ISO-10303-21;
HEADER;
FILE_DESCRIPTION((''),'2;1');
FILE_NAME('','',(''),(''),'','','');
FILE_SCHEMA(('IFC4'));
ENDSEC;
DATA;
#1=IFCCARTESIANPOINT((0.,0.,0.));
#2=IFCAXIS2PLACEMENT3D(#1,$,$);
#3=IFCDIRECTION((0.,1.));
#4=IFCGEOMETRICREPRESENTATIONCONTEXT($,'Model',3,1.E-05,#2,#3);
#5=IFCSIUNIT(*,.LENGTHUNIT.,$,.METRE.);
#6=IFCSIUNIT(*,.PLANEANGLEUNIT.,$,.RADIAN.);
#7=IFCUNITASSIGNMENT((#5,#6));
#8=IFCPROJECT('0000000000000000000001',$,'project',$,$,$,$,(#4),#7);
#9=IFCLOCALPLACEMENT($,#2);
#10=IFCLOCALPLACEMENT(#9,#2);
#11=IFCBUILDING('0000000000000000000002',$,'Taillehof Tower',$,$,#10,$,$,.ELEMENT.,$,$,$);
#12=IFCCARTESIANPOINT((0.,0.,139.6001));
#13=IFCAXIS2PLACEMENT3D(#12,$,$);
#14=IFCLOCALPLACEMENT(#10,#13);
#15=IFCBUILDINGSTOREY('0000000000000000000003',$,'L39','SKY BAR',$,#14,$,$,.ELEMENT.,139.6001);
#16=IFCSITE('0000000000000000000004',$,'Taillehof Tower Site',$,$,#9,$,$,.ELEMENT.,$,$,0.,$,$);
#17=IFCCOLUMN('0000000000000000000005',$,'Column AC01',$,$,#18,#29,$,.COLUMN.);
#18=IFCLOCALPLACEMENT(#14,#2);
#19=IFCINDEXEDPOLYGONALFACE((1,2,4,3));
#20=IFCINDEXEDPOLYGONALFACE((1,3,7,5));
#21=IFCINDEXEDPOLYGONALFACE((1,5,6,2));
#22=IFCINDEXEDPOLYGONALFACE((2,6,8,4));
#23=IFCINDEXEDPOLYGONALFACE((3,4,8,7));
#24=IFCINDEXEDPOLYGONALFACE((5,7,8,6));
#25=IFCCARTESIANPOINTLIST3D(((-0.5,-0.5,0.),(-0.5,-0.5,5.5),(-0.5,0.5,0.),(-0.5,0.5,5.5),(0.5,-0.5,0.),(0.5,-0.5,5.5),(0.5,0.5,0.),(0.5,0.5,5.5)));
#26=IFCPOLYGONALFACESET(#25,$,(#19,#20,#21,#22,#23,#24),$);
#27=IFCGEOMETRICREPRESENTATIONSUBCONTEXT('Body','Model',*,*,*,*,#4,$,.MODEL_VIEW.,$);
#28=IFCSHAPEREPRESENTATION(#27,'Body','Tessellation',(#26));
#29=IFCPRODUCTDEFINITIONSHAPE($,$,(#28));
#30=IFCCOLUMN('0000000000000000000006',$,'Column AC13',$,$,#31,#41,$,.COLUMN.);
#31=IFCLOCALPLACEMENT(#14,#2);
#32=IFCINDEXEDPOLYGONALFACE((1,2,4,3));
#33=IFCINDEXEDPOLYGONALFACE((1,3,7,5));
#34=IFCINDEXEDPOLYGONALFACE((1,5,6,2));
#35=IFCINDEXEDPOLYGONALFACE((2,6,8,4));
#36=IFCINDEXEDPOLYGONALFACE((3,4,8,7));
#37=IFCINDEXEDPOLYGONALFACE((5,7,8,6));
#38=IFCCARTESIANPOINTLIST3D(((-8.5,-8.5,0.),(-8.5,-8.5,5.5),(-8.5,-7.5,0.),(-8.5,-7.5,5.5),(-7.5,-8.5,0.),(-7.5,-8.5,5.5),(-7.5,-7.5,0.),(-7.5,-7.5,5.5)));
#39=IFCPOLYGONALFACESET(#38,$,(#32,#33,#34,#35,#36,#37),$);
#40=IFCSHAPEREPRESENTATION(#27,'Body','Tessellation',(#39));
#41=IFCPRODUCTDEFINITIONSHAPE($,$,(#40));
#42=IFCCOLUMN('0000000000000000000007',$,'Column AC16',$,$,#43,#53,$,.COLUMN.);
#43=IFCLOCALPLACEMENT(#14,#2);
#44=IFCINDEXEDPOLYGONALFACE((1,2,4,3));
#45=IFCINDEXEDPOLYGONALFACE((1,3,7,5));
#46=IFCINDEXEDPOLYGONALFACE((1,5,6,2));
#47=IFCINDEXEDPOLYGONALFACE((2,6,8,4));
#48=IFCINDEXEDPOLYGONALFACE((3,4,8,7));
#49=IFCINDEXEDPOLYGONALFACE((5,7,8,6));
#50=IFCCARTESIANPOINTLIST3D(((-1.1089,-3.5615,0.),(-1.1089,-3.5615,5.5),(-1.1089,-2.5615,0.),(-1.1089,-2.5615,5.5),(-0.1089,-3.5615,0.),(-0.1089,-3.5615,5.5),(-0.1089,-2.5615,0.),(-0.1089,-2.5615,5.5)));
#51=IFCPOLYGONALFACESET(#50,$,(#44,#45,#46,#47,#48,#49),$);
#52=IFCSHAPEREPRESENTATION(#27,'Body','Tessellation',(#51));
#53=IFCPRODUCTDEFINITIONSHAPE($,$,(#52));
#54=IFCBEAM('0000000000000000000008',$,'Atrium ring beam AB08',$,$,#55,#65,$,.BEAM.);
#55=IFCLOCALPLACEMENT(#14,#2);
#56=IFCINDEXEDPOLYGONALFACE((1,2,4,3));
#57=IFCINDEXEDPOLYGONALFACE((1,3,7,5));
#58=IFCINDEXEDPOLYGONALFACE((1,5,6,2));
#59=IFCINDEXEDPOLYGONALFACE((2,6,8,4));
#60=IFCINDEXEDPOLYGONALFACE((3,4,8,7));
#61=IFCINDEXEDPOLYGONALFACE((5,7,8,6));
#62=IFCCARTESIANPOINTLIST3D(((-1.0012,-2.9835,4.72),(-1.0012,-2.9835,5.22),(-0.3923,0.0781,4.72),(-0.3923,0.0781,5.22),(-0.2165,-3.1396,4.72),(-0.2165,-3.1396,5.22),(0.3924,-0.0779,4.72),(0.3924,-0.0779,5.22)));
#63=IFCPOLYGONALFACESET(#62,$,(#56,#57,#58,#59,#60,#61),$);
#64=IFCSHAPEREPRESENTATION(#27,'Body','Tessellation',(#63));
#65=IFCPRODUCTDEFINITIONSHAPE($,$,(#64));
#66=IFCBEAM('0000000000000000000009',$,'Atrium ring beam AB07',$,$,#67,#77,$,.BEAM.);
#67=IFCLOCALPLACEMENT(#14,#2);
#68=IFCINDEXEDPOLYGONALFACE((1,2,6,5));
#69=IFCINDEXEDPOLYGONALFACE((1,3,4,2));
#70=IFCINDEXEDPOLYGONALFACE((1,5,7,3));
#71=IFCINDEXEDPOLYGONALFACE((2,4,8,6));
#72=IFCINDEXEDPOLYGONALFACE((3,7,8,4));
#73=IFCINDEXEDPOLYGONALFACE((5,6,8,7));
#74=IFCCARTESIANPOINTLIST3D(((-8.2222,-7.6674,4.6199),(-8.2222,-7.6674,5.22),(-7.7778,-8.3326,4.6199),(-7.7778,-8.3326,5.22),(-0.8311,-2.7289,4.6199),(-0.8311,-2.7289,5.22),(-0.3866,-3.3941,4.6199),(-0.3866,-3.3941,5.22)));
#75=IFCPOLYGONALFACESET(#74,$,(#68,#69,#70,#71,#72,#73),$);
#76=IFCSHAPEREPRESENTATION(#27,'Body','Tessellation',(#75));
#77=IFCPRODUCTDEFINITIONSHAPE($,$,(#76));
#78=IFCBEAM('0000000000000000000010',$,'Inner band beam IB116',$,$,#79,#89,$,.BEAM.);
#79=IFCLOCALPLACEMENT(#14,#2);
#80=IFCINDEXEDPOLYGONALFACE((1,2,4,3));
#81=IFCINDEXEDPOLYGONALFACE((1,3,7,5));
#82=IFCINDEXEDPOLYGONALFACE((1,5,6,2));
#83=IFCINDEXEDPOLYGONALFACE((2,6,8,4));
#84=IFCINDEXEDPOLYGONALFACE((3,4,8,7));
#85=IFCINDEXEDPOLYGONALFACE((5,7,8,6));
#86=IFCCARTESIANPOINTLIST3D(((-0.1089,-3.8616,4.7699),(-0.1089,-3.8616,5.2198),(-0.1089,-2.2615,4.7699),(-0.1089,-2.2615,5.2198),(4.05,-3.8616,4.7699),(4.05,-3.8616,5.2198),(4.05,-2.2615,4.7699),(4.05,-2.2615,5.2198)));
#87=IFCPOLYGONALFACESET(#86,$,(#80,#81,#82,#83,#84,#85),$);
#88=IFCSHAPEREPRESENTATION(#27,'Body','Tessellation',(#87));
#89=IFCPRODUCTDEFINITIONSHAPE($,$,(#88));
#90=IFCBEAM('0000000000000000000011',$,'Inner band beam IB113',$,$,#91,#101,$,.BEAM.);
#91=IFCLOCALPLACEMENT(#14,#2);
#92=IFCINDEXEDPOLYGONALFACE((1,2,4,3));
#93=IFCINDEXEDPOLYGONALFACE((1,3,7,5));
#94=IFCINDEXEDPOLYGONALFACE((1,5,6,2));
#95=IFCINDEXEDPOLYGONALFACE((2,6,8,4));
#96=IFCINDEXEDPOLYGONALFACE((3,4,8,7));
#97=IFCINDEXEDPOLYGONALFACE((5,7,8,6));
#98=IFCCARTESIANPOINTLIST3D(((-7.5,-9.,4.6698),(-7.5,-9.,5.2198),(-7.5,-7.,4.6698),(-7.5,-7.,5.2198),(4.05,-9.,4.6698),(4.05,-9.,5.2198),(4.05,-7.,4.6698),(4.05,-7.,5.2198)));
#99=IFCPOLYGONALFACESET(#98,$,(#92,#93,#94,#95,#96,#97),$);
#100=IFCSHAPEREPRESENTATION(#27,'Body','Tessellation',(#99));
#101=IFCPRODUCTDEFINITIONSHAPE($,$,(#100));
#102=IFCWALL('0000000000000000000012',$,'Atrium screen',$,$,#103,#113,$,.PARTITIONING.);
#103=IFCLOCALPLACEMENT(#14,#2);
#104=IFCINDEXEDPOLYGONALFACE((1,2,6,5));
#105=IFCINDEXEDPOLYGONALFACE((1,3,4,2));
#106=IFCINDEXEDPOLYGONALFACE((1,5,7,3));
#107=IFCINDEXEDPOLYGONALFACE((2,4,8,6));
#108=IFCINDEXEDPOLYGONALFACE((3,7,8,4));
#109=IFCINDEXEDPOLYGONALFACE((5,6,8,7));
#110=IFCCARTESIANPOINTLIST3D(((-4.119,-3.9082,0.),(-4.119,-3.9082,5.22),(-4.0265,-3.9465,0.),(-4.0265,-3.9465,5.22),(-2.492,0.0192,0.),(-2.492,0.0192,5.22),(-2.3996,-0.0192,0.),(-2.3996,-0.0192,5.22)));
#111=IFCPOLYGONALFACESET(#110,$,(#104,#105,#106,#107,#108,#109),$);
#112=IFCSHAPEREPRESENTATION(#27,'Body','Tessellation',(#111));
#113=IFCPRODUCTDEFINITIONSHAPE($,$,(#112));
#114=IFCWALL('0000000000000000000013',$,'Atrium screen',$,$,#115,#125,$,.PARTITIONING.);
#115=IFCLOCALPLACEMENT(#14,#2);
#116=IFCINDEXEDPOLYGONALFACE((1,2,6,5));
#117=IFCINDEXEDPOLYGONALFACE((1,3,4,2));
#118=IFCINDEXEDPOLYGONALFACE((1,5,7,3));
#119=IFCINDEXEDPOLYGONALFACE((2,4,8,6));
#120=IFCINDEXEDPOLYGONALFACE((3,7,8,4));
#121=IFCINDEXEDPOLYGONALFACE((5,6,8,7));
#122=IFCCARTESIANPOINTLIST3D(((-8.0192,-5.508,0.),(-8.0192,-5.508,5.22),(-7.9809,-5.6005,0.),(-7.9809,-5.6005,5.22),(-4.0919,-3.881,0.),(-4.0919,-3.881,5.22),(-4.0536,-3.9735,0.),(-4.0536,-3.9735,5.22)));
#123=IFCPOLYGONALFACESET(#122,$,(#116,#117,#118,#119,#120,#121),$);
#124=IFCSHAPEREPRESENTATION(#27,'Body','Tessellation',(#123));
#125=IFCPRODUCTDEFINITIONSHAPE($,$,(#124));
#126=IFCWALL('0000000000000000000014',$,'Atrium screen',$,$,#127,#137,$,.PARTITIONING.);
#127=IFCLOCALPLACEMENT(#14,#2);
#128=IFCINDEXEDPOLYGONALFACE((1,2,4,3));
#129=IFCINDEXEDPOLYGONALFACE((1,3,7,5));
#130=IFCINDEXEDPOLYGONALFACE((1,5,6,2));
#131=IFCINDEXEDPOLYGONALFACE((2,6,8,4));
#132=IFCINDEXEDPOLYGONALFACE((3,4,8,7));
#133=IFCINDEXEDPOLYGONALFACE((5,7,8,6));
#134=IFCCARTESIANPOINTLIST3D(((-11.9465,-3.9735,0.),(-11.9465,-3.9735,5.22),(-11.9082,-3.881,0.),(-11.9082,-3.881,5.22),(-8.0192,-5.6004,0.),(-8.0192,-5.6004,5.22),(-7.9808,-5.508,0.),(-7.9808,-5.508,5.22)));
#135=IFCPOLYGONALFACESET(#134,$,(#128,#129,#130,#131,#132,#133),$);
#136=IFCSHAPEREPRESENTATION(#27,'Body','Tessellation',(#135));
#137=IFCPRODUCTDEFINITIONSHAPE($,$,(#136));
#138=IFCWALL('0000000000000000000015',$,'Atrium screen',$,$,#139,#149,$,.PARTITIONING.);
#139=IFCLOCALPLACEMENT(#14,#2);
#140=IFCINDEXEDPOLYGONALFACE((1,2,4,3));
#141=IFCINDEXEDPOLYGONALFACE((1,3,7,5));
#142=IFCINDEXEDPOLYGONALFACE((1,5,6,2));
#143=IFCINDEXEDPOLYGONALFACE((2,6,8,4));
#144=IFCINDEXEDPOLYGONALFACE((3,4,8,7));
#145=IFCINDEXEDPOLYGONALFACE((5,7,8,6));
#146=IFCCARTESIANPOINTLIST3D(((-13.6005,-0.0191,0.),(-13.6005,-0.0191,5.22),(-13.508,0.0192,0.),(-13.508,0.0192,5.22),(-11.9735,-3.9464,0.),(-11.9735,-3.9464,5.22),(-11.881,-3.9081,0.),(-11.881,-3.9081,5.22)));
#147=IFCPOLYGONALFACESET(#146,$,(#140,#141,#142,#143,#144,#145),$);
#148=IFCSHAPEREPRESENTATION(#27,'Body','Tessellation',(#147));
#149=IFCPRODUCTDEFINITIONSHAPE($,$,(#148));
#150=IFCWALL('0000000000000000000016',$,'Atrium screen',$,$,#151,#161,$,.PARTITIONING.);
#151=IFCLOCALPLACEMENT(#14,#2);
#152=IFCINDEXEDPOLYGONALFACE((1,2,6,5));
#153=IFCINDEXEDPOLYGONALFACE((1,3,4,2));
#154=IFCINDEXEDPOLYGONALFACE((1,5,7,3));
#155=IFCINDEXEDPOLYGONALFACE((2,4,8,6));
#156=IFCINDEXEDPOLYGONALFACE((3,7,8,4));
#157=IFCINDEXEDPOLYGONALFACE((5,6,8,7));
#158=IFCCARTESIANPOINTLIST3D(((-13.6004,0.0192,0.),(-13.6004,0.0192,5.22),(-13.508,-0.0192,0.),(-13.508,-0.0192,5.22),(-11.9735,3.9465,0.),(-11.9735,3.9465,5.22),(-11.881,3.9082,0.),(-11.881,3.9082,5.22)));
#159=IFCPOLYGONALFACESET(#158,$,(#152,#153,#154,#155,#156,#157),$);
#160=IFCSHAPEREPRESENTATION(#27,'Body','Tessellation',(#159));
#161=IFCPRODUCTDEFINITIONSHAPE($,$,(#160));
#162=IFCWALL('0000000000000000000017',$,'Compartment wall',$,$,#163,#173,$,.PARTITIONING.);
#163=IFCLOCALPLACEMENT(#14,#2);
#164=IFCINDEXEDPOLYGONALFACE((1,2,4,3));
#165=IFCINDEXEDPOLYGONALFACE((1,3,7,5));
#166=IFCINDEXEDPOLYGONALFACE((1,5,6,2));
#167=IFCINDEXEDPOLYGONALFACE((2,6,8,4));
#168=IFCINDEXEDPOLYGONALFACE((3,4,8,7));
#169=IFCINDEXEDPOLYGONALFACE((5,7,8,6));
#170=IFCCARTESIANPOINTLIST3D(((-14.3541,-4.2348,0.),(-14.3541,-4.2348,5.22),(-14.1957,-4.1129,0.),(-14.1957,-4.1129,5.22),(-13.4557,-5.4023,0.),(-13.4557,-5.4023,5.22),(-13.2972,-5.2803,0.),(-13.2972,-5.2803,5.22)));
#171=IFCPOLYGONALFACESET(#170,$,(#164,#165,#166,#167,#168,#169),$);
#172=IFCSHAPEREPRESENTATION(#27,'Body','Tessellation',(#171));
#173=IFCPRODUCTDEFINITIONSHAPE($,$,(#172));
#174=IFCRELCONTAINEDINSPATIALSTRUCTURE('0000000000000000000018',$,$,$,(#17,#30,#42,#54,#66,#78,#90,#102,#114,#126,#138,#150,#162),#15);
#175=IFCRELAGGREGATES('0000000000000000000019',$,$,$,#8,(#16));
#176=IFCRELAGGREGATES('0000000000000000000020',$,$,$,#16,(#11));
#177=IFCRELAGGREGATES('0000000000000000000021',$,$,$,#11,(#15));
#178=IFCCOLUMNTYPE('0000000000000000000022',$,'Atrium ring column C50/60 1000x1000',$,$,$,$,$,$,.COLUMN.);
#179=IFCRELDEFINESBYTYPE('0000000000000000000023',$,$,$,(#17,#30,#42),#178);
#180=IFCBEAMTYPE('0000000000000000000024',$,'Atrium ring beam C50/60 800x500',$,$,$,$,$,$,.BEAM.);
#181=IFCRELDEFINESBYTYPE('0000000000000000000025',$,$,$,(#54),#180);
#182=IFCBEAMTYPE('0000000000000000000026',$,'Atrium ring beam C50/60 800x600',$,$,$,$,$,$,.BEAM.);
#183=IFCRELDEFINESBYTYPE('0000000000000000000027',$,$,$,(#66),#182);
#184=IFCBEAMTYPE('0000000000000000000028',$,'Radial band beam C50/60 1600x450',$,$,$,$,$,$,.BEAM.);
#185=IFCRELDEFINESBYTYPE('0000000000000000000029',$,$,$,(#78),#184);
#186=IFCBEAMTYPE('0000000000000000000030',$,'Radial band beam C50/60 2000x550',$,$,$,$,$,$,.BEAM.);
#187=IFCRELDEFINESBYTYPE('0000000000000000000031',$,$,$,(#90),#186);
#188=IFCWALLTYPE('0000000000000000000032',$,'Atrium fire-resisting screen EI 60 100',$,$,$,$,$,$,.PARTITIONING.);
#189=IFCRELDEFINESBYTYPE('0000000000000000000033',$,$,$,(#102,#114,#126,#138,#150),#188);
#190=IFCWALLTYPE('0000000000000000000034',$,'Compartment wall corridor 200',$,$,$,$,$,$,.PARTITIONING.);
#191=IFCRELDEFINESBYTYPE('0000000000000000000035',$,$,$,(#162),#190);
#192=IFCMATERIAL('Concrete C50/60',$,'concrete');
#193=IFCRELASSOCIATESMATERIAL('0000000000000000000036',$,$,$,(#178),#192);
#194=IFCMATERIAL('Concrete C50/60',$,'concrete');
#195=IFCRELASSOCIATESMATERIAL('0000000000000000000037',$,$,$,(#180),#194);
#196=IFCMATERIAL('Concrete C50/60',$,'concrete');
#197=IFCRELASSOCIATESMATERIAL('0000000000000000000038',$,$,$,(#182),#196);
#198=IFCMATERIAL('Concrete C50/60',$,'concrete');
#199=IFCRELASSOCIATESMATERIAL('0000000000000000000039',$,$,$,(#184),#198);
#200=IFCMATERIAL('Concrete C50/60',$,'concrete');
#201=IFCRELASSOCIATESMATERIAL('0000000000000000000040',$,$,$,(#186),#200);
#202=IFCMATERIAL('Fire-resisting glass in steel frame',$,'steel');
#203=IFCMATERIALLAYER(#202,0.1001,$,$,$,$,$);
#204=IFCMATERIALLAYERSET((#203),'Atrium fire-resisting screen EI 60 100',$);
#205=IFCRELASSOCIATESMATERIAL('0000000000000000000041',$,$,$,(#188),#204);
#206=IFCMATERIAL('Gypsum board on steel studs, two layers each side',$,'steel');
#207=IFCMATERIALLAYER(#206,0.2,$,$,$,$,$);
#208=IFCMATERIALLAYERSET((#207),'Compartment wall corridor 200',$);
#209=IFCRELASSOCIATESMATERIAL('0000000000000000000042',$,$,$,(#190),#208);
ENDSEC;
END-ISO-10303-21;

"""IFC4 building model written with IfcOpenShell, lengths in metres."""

from ifc_helpers import new_model, si_unit, direction, frame, frame_2d, origin, origin_2d, place, context, subcontext, project, spatial, rectangle, extrude, material, layer, layer_set, material_profile, profile_set, type_object, element, save


model = new_model("IFC4")

# Units and contexts
model_context = context("Model", 3, precision=1e-05, world=origin(), true_north=direction((0.0, 1.0)))
body_context = subcontext(model_context, "Body", "Model", "MODEL_VIEW")
ifc_project = project(units=[si_unit("LENGTHUNIT", "METRE"), si_unit("PLANEANGLEUNIT", "RADIAN")], contexts=[model_context])

# Site, building, storey
site_placement = place(None, origin())
site = spatial("IfcSite", under=ifc_project, at=site_placement, Name="Taillehof Tower Site", CompositionType="ELEMENT", RefElevation=0.0)
building_placement = place(site_placement, origin())
building = spatial("IfcBuilding", under=site, at=building_placement, Name="Taillehof Tower", CompositionType="ELEMENT")
storey_placement = place(building_placement, frame((0.0, 0.0, 139.6001)))
storey = spatial("IfcBuildingStorey", under=building, at=storey_placement, Name="L39", Description="SKY BAR", CompositionType="ELEMENT", Elevation=139.6001)

# Columns
ifc_material_1 = material(Name="Concrete C50/60", Category="concrete")
ifc_material_profile_1 = material_profile(ifc_material_1, rectangle(XDim=1.0, YDim=1.0, at=origin_2d()), Name="RC 1000x1000")
ifc_profile_set_1 = profile_set([ifc_material_profile_1], Name="Concrete C50/60")
column_type = type_object("IfcColumnType", Name="Atrium ring column C50/60 1000x1000", PredefinedType="COLUMN", material=ifc_profile_set_1)
for number, where, z_axis, x_axis, name in (
    (1, (0.0, 0.0, 0.0), (0.0, 0.0, 1.0), (1.0, 0.0, 0.0), "Column AC01"),
    (2, (-8.0, -8.0, 0.0), (0.0, 0.0, 1.0), (1.0, 0.0, 0.0), "Column AC13"),
    (3, (-0.6089, -3.0615, 0.0), (0.0, 0.0, 1.0), (1.0, 0.0, 0.0), "Column AC16"),
):
    element("IfcColumn", number, at=place(storey_placement, frame(where, z_axis=z_axis, x_axis=x_axis)), inside=storey, type_object=column_type, Name=name, PredefinedType="COLUMN", context=body_context, shape_type="SweptSolid", body=[
        extrude(rectangle(XDim=1.0, YDim=1.0, at=origin_2d()), origin(), (0.0, 0.0, 1.0), 5.5),
    ])

# Beams
ifc_material_2 = material(Name="Concrete C50/60", Category="concrete")
ifc_material_profile_2 = material_profile(ifc_material_2, rectangle(XDim=0.8, YDim=0.5, at=origin_2d()), Name="RC 800x500")
ifc_profile_set_2 = profile_set([ifc_material_profile_2], Name="Concrete C50/60")
beam_type_1 = type_object("IfcBeamType", Name="Atrium ring beam C50/60 800x500", PredefinedType="BEAM", material=ifc_profile_set_2)
beam_1_placement = place(storey_placement, frame((-0.6089, -3.0615, 4.97), z_axis=(0.195063, 0.980791, 0.0), x_axis=(-0.980791, 0.195063, 0.0)))
element("IfcBeam", 4, at=beam_1_placement, inside=storey, type_object=beam_type_1, Name="Atrium ring beam AB08", PredefinedType="BEAM", context=body_context, shape_type="SweptSolid", body=[
    extrude(rectangle(XDim=0.8, YDim=0.5, at=origin_2d()), origin(), (0.0, 0.0, 1.0), 3.1216),
])
ifc_material_3 = material(Name="Concrete C50/60", Category="concrete")
ifc_material_profile_3 = material_profile(ifc_material_3, rectangle(XDim=0.8, YDim=0.6001, at=origin_2d()), Name="RC 800x600")
ifc_profile_set_3 = profile_set([ifc_material_profile_3], Name="Concrete C50/60")
beam_type_2 = type_object("IfcBeamType", Name="Atrium ring beam C50/60 800x600", PredefinedType="BEAM", material=ifc_profile_set_3)
beam_2_placement = place(storey_placement, frame((-8.0, -8.0, 4.9199), z_axis=(0.831475, 0.555562, 0.0), x_axis=(-0.555562, 0.831475, 0.0)))
element("IfcBeam", 5, at=beam_2_placement, inside=storey, type_object=beam_type_2, Name="Atrium ring beam AB07", PredefinedType="BEAM", context=body_context, shape_type="SweptSolid", body=[
    extrude(rectangle(XDim=0.8, YDim=0.6001, at=origin_2d()), origin(), (0.0, 0.0, 1.0), 8.8892),
])
ifc_material_4 = material(Name="Concrete C50/60", Category="concrete")
ifc_material_profile_4 = material_profile(ifc_material_4, rectangle(XDim=1.6001, YDim=0.45, at=origin_2d()), Name="RC 1600x450")
ifc_profile_set_4 = profile_set([ifc_material_profile_4], Name="Concrete C50/60")
beam_type_3 = type_object("IfcBeamType", Name="Radial band beam C50/60 1600x450", PredefinedType="BEAM", material=ifc_profile_set_4)
beam_3_placement = place(storey_placement, frame((-0.1089, -3.0615, 4.9949), z_axis=(1.0, 0.0, 0.0), x_axis=(0.0, 1.0, 0.0)))
element("IfcBeam", 6, at=beam_3_placement, inside=storey, type_object=beam_type_3, Name="Inner band beam IB116", PredefinedType="BEAM", context=body_context, shape_type="SweptSolid", body=[
    extrude(rectangle(XDim=1.6001, YDim=0.45, at=origin_2d()), origin(), (0.0, 0.0, 1.0), 4.1589),
])
ifc_material_5 = material(Name="Concrete C50/60", Category="concrete")
ifc_material_profile_5 = material_profile(ifc_material_5, rectangle(XDim=2.0, YDim=0.55, at=origin_2d()), Name="RC 2000x550")
ifc_profile_set_5 = profile_set([ifc_material_profile_5], Name="Concrete C50/60")
beam_type_4 = type_object("IfcBeamType", Name="Radial band beam C50/60 2000x550", PredefinedType="BEAM", material=ifc_profile_set_5)
beam_4_placement = place(storey_placement, frame((-7.5, -8.0, 4.9448), z_axis=(1.0, 0.0, 0.0), x_axis=(0.0, 1.0, 0.0)))
element("IfcBeam", 7, at=beam_4_placement, inside=storey, type_object=beam_type_4, Name="Inner band beam IB113", PredefinedType="BEAM", context=body_context, shape_type="SweptSolid", body=[
    extrude(rectangle(XDim=2.0, YDim=0.55, at=origin_2d()), origin(), (0.0, 0.0, 1.0), 11.55),
])

# Walls
ifc_material_6 = material(Name="Fire-resisting glass in steel frame", Category="steel")
ifc_layer_1 = layer(ifc_material_6, 0.1001)
ifc_layer_set_1 = layer_set([ifc_layer_1], Name="Atrium fire-resisting screen EI 60 100")
wall_type_1 = type_object("IfcWallType", Name="Atrium fire-resisting screen EI 60 100", PredefinedType="PARTITIONING", material=ifc_layer_set_1)
for number, where, z_axis, x_axis, name in (
    (8, (-2.4458, 0.0, 0.0), (0.0, 0.0, 1.0), (-0.382731, -0.92386, 0.0), "Atrium screen"),
    (9, (-4.0728, -3.9272, 0.0), (0.0, 0.0, 1.0), (-0.92386, -0.382731, 0.0), "Atrium screen"),
    (10, (-8.0, -5.5542, 0.0), (0.0, 0.0, 1.0), (-0.92386, 0.382731, 0.0), "Atrium screen"),
    (11, (-11.9272, -3.9272, 0.0), (0.0, 0.0, 1.0), (-0.382731, 0.92386, 0.0), "Atrium screen"),
    (12, (-13.5542, 0.0, 0.0), (0.0, 0.0, 1.0), (0.382731, 0.92386, 0.0), "Atrium screen"),
):
    element("IfcWall", number, at=place(storey_placement, frame(where, z_axis=z_axis, x_axis=x_axis)), inside=storey, type_object=wall_type_1, Name=name, PredefinedType="PARTITIONING", context=body_context, shape_type="SweptSolid", body=[
        extrude(rectangle(XDim=4.251, YDim=0.1001, at=frame_2d((2.1255, 0.0))), origin(), (0.0, 0.0, 1.0), 5.22),
    ])
ifc_material_7 = material(Name="Gypsum board on steel studs, two layers each side", Category="steel")
ifc_layer_2 = layer(ifc_material_7, 0.2)
ifc_layer_set_2 = layer_set([ifc_layer_2], Name="Compartment wall corridor 200")
wall_type_2 = type_object("IfcWallType", Name="Compartment wall corridor 200", PredefinedType="PARTITIONING", material=ifc_layer_set_2)
wall_1_placement = place(storey_placement, frame((-13.3765, -5.3413, 0.0), z_axis=(0.0, 0.0, 1.0), x_axis=(-0.609871, 0.792501, 0.0)))
element("IfcWall", 13, at=wall_1_placement, inside=storey, type_object=wall_type_2, Name="Compartment wall", PredefinedType="PARTITIONING", context=body_context, shape_type="SweptSolid", body=[
    extrude(rectangle(XDim=1.4731, YDim=0.2, at=frame_2d((0.7366, 0.0))), origin(), (0.0, 0.0, 1.0), 5.22),
])

save(model, "model.ifc")
